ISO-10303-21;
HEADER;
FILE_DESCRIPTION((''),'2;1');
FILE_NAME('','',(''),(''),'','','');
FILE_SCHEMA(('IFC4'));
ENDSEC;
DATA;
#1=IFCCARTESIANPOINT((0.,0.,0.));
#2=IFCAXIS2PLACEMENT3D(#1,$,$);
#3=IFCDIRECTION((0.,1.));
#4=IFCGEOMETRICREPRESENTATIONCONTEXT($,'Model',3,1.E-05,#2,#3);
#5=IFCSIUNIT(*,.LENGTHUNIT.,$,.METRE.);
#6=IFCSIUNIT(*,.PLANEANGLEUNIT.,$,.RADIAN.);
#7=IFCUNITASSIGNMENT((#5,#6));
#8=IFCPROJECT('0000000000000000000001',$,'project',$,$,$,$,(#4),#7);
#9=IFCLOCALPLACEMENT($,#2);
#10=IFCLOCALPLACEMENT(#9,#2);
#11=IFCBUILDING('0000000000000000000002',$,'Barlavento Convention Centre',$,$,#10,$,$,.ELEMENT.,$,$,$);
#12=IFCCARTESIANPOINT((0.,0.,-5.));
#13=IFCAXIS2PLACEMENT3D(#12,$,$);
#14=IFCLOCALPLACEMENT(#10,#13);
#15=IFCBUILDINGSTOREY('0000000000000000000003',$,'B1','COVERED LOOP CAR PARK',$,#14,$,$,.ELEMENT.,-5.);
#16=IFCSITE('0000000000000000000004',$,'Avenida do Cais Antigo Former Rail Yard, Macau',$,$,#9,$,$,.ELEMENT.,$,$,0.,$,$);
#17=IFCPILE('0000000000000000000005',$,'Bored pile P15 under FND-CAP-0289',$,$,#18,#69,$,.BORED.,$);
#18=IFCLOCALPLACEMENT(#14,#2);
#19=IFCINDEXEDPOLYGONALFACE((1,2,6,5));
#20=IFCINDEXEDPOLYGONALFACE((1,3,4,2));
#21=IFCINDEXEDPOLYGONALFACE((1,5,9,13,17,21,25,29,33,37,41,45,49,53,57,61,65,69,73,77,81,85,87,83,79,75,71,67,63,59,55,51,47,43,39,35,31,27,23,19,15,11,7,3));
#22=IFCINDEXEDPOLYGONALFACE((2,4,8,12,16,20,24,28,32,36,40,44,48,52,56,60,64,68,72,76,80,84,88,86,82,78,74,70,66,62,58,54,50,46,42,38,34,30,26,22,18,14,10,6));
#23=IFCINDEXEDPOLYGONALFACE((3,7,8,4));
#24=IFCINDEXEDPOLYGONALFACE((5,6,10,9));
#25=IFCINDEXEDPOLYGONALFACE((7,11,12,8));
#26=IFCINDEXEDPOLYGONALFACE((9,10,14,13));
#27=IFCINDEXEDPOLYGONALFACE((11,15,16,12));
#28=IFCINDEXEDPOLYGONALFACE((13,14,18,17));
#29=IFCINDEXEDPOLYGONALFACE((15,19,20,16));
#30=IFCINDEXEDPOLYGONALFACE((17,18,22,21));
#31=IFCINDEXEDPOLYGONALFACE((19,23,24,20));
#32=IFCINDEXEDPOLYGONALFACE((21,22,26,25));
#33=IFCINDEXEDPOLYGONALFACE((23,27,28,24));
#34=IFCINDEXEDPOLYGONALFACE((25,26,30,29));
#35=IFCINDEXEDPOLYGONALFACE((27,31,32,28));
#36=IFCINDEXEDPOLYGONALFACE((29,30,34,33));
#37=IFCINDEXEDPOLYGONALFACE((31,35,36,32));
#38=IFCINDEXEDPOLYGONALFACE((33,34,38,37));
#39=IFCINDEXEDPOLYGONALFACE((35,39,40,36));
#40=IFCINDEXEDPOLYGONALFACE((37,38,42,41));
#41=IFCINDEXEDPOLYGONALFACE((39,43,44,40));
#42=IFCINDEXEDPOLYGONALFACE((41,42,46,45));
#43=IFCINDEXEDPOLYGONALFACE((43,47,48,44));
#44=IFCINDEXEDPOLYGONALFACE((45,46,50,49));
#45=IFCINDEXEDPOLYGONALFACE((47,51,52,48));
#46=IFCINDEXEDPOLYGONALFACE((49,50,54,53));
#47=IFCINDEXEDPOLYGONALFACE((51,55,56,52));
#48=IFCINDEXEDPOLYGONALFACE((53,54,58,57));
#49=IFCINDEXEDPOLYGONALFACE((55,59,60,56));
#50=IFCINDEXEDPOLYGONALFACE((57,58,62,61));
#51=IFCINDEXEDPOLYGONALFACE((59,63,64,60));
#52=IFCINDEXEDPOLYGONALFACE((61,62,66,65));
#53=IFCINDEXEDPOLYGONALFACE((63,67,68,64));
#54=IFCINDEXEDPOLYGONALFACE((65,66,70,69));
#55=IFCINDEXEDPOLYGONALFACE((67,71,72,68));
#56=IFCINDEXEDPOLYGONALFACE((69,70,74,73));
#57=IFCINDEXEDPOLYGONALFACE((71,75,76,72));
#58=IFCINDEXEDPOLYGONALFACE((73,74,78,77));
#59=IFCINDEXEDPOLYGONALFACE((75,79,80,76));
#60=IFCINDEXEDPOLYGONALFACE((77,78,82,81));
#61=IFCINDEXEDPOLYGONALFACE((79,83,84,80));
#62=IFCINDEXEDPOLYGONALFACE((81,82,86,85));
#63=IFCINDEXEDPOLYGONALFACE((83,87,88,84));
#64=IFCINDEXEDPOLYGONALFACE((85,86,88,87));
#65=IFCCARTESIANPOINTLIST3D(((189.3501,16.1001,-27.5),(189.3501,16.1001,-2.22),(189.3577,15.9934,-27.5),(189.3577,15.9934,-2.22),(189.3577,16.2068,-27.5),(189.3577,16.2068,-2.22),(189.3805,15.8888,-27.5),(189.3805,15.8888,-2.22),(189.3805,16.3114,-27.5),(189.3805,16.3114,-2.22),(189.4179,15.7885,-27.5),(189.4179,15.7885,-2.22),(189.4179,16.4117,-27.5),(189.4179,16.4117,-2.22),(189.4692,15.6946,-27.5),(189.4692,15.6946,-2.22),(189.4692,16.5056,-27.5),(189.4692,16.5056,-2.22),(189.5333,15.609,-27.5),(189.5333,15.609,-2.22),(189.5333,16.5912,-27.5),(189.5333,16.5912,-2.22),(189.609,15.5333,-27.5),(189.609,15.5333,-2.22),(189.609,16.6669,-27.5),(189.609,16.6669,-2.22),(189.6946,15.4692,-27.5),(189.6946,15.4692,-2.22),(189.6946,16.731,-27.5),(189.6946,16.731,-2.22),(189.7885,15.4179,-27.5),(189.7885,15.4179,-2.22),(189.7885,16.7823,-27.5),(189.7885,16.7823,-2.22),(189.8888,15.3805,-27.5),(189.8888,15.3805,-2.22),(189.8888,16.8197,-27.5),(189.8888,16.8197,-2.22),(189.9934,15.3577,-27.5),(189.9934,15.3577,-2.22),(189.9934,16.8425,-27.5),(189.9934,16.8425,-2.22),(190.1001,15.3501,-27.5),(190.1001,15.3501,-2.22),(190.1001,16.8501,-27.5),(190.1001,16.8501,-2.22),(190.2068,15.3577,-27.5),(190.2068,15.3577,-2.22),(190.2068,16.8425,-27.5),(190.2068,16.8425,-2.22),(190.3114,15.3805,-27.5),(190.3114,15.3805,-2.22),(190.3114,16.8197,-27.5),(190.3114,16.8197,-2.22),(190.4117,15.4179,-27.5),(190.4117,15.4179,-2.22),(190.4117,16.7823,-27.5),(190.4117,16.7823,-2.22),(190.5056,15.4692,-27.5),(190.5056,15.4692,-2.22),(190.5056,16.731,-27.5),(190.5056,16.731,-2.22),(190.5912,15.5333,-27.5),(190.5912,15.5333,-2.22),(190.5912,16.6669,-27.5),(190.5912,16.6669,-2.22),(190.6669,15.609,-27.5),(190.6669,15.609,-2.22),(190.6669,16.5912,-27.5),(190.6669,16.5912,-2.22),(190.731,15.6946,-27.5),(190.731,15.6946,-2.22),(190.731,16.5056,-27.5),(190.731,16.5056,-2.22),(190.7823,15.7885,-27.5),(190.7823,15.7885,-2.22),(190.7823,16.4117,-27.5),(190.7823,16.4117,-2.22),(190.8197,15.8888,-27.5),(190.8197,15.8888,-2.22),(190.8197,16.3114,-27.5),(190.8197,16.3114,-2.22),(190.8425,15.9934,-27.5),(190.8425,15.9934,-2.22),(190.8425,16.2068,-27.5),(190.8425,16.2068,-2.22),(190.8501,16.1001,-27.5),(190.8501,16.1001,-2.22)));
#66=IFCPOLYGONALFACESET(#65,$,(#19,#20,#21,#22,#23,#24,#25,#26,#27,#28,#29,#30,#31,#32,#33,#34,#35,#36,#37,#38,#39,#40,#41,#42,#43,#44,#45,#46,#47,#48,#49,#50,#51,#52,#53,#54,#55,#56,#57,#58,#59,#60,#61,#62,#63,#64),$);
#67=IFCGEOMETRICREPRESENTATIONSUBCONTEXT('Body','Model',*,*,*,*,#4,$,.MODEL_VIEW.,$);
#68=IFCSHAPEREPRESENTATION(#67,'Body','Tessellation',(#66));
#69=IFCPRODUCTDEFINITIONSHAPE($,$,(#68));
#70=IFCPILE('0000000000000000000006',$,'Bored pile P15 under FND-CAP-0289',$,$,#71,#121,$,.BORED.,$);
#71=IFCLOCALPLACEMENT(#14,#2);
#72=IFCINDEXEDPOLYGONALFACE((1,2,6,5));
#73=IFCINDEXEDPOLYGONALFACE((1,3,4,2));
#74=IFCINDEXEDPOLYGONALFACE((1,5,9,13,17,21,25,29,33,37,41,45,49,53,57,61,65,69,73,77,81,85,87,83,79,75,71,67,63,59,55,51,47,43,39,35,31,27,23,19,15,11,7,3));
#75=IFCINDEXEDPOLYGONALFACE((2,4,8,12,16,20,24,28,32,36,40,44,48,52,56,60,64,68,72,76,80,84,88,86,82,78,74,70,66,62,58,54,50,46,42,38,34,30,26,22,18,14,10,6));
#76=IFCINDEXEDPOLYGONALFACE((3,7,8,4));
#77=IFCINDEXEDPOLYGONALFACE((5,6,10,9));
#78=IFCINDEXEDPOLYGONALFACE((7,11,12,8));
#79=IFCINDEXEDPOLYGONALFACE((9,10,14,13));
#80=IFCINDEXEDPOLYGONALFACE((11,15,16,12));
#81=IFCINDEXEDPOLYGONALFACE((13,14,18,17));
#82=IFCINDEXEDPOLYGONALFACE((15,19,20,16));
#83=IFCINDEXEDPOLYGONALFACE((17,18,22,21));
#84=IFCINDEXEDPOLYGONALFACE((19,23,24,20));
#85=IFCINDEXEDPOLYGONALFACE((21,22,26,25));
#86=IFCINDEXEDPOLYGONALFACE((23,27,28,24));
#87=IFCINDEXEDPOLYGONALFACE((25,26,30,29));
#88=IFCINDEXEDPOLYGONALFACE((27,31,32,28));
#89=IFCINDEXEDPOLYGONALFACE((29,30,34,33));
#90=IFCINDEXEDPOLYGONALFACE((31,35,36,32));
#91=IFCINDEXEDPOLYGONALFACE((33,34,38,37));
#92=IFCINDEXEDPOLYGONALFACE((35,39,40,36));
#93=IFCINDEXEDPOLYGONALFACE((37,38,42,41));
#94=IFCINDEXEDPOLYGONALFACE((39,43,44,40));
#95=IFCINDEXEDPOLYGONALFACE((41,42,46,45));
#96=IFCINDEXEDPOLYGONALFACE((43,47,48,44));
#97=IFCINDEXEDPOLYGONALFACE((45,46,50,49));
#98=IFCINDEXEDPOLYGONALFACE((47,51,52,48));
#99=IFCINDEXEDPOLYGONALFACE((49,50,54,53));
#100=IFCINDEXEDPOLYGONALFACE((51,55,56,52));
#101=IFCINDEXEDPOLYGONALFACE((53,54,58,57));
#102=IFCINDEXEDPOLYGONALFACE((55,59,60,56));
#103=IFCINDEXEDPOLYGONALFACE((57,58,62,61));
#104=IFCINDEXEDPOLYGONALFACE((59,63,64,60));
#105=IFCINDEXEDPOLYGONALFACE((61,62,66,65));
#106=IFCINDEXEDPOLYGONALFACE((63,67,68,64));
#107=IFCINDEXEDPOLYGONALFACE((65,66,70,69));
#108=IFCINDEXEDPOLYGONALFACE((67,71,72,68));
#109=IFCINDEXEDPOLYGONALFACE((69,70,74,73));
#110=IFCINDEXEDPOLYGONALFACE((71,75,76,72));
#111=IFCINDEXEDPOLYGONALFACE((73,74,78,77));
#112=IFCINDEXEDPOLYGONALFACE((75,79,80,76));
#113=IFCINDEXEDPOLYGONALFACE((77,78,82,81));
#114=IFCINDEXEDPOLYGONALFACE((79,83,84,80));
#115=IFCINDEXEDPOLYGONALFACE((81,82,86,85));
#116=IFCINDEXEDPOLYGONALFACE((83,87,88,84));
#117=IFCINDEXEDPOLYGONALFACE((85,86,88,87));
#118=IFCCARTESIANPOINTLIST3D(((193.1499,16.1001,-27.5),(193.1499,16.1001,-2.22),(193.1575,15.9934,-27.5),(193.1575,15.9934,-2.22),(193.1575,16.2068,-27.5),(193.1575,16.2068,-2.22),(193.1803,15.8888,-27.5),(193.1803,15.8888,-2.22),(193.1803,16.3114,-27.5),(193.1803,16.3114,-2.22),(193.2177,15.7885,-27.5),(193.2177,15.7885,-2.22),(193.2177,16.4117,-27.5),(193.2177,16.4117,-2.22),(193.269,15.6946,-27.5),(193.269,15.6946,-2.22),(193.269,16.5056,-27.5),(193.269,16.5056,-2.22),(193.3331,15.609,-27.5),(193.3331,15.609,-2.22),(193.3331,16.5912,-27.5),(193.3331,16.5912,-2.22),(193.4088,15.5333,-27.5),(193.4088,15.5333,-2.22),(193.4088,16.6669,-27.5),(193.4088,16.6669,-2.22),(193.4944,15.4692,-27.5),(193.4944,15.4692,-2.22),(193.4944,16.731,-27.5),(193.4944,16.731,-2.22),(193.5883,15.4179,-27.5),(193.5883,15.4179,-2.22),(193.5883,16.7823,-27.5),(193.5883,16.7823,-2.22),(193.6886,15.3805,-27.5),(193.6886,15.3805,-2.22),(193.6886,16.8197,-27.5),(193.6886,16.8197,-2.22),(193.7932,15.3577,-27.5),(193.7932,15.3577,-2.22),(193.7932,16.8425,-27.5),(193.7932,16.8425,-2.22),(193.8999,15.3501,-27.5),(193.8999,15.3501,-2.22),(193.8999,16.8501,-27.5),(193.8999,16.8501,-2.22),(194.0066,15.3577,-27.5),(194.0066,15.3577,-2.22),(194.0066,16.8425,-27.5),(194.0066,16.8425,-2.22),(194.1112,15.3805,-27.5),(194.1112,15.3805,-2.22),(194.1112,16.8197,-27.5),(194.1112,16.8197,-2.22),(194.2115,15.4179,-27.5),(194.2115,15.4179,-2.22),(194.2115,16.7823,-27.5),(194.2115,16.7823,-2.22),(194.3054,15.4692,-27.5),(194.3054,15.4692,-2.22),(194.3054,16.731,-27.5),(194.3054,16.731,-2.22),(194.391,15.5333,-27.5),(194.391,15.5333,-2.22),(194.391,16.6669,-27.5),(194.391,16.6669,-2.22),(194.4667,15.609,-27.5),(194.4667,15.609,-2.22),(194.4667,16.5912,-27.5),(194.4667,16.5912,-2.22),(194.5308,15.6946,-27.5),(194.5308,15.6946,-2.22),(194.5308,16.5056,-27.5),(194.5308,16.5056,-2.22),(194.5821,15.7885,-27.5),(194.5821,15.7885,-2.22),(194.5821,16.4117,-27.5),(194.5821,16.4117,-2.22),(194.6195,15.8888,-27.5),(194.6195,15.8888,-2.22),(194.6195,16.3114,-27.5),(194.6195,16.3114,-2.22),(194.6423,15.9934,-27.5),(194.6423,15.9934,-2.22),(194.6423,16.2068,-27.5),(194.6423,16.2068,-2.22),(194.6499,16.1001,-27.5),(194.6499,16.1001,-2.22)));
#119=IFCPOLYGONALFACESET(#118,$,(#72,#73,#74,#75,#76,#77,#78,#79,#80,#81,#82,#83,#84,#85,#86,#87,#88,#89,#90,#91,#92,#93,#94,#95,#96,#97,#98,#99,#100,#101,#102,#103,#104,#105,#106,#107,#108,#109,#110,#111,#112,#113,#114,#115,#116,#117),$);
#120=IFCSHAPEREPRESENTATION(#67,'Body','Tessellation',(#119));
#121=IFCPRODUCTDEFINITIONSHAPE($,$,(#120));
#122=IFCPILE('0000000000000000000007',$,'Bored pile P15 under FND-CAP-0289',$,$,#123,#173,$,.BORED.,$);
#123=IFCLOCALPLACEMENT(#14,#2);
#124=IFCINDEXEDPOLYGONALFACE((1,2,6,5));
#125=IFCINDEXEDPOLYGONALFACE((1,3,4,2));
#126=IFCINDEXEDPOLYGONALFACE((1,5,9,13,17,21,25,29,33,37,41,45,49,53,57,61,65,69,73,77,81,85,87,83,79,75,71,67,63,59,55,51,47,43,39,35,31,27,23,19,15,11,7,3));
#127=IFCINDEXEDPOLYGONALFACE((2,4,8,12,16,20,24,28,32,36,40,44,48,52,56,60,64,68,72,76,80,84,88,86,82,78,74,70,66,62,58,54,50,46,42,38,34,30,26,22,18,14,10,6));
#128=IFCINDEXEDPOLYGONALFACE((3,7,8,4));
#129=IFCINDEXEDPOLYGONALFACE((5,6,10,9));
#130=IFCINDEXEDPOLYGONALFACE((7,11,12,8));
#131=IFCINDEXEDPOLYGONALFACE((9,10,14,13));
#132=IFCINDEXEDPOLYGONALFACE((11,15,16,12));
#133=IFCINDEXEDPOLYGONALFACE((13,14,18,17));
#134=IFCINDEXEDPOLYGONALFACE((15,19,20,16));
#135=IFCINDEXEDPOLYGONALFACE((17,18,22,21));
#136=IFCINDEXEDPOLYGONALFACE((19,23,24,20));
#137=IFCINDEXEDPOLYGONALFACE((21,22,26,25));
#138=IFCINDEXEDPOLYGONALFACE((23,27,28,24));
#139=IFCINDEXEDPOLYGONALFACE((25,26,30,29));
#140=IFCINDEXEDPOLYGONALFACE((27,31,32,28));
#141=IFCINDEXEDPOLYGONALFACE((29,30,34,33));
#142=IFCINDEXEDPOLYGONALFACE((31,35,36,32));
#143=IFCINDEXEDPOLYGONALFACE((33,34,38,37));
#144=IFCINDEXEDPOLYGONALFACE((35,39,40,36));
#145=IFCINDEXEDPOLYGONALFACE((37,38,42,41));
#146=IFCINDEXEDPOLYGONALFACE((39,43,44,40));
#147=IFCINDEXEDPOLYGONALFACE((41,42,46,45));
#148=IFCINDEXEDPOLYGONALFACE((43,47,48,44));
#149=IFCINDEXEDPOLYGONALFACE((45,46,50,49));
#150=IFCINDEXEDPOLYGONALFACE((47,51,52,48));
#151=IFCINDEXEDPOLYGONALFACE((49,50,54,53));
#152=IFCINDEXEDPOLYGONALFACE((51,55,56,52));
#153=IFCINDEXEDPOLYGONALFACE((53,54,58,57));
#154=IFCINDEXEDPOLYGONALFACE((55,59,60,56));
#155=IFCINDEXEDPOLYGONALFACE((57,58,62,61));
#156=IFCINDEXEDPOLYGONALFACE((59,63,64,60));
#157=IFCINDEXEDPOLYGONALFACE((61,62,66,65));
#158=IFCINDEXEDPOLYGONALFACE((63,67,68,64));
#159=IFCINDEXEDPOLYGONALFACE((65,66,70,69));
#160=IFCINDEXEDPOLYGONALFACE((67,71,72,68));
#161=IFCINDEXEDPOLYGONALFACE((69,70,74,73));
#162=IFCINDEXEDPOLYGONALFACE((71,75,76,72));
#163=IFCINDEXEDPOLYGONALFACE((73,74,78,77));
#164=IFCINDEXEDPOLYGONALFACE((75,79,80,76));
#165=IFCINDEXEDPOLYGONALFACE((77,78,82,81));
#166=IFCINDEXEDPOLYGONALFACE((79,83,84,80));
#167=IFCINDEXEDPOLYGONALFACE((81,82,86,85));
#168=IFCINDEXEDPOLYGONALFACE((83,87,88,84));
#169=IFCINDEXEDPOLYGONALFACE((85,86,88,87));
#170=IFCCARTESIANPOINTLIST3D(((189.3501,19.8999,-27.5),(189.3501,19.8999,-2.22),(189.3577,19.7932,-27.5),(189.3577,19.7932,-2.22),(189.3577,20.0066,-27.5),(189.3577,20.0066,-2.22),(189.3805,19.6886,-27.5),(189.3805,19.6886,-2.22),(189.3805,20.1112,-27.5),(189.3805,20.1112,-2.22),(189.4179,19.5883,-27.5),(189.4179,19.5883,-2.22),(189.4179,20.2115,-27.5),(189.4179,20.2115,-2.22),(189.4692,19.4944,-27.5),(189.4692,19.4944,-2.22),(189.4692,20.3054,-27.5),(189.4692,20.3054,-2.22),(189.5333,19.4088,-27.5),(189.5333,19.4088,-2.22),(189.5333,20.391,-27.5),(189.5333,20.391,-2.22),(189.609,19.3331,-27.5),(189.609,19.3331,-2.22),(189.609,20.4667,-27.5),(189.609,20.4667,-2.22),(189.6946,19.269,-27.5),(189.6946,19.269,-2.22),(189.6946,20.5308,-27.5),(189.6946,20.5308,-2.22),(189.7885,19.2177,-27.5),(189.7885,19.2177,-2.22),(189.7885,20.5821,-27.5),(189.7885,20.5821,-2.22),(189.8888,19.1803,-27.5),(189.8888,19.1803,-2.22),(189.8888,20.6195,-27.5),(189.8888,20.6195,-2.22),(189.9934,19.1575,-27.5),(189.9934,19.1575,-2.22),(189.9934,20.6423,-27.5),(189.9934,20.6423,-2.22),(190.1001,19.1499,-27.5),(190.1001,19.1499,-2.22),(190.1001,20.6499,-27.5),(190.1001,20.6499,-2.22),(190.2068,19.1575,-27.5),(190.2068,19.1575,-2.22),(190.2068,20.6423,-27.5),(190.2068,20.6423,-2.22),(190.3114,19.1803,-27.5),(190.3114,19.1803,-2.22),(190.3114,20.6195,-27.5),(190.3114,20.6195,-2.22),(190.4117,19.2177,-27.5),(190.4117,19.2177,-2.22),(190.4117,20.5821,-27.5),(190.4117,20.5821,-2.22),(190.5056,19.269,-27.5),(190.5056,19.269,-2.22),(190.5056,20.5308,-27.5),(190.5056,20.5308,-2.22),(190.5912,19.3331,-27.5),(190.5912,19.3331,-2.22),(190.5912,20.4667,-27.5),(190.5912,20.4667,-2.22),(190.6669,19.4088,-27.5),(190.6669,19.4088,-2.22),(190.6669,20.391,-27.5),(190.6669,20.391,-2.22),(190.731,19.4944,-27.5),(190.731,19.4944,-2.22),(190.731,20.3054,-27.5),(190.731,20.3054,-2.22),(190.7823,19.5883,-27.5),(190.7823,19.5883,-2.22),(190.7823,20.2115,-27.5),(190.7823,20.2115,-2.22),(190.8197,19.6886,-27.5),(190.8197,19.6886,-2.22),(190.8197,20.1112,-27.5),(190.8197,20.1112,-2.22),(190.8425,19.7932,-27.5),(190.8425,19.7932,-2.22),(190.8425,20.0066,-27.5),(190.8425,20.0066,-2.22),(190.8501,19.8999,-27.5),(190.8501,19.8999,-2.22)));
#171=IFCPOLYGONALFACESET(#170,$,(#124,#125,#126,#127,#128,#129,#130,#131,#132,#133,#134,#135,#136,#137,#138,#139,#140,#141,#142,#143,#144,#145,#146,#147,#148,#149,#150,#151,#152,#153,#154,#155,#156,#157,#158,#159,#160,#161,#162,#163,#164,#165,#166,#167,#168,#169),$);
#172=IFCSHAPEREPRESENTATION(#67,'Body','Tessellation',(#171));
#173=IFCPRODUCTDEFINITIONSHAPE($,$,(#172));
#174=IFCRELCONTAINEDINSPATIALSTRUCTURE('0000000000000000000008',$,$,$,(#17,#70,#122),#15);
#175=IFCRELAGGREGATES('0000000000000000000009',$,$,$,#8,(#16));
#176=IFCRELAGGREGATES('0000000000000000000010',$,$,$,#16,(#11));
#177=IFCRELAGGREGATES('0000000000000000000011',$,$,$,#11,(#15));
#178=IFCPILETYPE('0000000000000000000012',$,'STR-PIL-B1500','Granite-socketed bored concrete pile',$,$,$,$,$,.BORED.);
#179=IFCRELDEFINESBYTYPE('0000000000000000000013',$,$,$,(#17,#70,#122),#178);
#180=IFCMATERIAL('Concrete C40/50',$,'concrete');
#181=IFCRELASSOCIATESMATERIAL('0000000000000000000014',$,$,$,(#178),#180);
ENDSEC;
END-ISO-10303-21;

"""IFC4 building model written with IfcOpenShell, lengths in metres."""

from ifc_helpers import new_model, si_unit, direction, frame, origin, origin_2d, place, context, subcontext, project, spatial, circle, extrude, material, material_profile, profile_set, type_object, element, save


model = new_model("IFC4")

# Units and contexts
model_context = context("Model", 3, precision=1e-05, world=origin(), true_north=direction((0.0, 1.0)))
body_context = subcontext(model_context, "Body", "Model", "MODEL_VIEW")
ifc_project = project(units=[si_unit("LENGTHUNIT", "METRE"), si_unit("PLANEANGLEUNIT", "RADIAN")], contexts=[model_context])

# Site, building, storey
site_placement = place(None, origin())
site = spatial("IfcSite", under=ifc_project, at=site_placement, Name="Avenida do Cais Antigo Former Rail Yard, Macau", CompositionType="ELEMENT", RefElevation=0.0)
building_placement = place(site_placement, origin())
building = spatial("IfcBuilding", under=site, at=building_placement, Name="Barlavento Convention Centre", CompositionType="ELEMENT")
storey_placement = place(building_placement, frame((0.0, 0.0, -5.0)))
storey = spatial("IfcBuildingStorey", under=building, at=storey_placement, Name="B1", Description="COVERED LOOP CAR PARK", CompositionType="ELEMENT", Elevation=-5.0)

# Shared definitions
ifc_material_1 = material(Name="Concrete C40/50", Category="concrete")

# Piles
ifc_material_profile_1 = material_profile(ifc_material_1, circle(Radius=0.75, at=origin_2d()), Name="BORED PILE 1500")
ifc_profile_set_1 = profile_set([ifc_material_profile_1], Name="Concrete C40/50")
pile_type_1 = type_object("IfcPileType", Name="STR-PIL-B1500", Description="Granite-socketed bored concrete pile", PredefinedType="BORED", material=ifc_profile_set_1)
for number, where, z_axis, x_axis, name in (
    (1, (190.1001, 16.1001, -2.22), (0.0, 0.0, -1.0), (1.0, 0.0, 0.0), "Bored pile P15 under FND-CAP-0289"),
    (2, (193.8999, 16.1001, -2.22), (0.0, 0.0, -1.0), (1.0, 0.0, 0.0), "Bored pile P15 under FND-CAP-0289"),
    (3, (190.1001, 19.8999, -2.22), (0.0, 0.0, -1.0), (1.0, 0.0, 0.0), "Bored pile P15 under FND-CAP-0289"),
):
    element("IfcPile", number, at=place(storey_placement, frame(where, z_axis=z_axis, x_axis=x_axis)), inside=storey, type_object=pile_type_1, Name=name, PredefinedType="BORED", context=body_context, shape_type="SweptSolid", body=[
        extrude(circle(Radius=0.75, at=origin_2d()), origin(), (0.0, 0.0, 1.0), 25.28),
    ])

save(model, "model.ifc")
